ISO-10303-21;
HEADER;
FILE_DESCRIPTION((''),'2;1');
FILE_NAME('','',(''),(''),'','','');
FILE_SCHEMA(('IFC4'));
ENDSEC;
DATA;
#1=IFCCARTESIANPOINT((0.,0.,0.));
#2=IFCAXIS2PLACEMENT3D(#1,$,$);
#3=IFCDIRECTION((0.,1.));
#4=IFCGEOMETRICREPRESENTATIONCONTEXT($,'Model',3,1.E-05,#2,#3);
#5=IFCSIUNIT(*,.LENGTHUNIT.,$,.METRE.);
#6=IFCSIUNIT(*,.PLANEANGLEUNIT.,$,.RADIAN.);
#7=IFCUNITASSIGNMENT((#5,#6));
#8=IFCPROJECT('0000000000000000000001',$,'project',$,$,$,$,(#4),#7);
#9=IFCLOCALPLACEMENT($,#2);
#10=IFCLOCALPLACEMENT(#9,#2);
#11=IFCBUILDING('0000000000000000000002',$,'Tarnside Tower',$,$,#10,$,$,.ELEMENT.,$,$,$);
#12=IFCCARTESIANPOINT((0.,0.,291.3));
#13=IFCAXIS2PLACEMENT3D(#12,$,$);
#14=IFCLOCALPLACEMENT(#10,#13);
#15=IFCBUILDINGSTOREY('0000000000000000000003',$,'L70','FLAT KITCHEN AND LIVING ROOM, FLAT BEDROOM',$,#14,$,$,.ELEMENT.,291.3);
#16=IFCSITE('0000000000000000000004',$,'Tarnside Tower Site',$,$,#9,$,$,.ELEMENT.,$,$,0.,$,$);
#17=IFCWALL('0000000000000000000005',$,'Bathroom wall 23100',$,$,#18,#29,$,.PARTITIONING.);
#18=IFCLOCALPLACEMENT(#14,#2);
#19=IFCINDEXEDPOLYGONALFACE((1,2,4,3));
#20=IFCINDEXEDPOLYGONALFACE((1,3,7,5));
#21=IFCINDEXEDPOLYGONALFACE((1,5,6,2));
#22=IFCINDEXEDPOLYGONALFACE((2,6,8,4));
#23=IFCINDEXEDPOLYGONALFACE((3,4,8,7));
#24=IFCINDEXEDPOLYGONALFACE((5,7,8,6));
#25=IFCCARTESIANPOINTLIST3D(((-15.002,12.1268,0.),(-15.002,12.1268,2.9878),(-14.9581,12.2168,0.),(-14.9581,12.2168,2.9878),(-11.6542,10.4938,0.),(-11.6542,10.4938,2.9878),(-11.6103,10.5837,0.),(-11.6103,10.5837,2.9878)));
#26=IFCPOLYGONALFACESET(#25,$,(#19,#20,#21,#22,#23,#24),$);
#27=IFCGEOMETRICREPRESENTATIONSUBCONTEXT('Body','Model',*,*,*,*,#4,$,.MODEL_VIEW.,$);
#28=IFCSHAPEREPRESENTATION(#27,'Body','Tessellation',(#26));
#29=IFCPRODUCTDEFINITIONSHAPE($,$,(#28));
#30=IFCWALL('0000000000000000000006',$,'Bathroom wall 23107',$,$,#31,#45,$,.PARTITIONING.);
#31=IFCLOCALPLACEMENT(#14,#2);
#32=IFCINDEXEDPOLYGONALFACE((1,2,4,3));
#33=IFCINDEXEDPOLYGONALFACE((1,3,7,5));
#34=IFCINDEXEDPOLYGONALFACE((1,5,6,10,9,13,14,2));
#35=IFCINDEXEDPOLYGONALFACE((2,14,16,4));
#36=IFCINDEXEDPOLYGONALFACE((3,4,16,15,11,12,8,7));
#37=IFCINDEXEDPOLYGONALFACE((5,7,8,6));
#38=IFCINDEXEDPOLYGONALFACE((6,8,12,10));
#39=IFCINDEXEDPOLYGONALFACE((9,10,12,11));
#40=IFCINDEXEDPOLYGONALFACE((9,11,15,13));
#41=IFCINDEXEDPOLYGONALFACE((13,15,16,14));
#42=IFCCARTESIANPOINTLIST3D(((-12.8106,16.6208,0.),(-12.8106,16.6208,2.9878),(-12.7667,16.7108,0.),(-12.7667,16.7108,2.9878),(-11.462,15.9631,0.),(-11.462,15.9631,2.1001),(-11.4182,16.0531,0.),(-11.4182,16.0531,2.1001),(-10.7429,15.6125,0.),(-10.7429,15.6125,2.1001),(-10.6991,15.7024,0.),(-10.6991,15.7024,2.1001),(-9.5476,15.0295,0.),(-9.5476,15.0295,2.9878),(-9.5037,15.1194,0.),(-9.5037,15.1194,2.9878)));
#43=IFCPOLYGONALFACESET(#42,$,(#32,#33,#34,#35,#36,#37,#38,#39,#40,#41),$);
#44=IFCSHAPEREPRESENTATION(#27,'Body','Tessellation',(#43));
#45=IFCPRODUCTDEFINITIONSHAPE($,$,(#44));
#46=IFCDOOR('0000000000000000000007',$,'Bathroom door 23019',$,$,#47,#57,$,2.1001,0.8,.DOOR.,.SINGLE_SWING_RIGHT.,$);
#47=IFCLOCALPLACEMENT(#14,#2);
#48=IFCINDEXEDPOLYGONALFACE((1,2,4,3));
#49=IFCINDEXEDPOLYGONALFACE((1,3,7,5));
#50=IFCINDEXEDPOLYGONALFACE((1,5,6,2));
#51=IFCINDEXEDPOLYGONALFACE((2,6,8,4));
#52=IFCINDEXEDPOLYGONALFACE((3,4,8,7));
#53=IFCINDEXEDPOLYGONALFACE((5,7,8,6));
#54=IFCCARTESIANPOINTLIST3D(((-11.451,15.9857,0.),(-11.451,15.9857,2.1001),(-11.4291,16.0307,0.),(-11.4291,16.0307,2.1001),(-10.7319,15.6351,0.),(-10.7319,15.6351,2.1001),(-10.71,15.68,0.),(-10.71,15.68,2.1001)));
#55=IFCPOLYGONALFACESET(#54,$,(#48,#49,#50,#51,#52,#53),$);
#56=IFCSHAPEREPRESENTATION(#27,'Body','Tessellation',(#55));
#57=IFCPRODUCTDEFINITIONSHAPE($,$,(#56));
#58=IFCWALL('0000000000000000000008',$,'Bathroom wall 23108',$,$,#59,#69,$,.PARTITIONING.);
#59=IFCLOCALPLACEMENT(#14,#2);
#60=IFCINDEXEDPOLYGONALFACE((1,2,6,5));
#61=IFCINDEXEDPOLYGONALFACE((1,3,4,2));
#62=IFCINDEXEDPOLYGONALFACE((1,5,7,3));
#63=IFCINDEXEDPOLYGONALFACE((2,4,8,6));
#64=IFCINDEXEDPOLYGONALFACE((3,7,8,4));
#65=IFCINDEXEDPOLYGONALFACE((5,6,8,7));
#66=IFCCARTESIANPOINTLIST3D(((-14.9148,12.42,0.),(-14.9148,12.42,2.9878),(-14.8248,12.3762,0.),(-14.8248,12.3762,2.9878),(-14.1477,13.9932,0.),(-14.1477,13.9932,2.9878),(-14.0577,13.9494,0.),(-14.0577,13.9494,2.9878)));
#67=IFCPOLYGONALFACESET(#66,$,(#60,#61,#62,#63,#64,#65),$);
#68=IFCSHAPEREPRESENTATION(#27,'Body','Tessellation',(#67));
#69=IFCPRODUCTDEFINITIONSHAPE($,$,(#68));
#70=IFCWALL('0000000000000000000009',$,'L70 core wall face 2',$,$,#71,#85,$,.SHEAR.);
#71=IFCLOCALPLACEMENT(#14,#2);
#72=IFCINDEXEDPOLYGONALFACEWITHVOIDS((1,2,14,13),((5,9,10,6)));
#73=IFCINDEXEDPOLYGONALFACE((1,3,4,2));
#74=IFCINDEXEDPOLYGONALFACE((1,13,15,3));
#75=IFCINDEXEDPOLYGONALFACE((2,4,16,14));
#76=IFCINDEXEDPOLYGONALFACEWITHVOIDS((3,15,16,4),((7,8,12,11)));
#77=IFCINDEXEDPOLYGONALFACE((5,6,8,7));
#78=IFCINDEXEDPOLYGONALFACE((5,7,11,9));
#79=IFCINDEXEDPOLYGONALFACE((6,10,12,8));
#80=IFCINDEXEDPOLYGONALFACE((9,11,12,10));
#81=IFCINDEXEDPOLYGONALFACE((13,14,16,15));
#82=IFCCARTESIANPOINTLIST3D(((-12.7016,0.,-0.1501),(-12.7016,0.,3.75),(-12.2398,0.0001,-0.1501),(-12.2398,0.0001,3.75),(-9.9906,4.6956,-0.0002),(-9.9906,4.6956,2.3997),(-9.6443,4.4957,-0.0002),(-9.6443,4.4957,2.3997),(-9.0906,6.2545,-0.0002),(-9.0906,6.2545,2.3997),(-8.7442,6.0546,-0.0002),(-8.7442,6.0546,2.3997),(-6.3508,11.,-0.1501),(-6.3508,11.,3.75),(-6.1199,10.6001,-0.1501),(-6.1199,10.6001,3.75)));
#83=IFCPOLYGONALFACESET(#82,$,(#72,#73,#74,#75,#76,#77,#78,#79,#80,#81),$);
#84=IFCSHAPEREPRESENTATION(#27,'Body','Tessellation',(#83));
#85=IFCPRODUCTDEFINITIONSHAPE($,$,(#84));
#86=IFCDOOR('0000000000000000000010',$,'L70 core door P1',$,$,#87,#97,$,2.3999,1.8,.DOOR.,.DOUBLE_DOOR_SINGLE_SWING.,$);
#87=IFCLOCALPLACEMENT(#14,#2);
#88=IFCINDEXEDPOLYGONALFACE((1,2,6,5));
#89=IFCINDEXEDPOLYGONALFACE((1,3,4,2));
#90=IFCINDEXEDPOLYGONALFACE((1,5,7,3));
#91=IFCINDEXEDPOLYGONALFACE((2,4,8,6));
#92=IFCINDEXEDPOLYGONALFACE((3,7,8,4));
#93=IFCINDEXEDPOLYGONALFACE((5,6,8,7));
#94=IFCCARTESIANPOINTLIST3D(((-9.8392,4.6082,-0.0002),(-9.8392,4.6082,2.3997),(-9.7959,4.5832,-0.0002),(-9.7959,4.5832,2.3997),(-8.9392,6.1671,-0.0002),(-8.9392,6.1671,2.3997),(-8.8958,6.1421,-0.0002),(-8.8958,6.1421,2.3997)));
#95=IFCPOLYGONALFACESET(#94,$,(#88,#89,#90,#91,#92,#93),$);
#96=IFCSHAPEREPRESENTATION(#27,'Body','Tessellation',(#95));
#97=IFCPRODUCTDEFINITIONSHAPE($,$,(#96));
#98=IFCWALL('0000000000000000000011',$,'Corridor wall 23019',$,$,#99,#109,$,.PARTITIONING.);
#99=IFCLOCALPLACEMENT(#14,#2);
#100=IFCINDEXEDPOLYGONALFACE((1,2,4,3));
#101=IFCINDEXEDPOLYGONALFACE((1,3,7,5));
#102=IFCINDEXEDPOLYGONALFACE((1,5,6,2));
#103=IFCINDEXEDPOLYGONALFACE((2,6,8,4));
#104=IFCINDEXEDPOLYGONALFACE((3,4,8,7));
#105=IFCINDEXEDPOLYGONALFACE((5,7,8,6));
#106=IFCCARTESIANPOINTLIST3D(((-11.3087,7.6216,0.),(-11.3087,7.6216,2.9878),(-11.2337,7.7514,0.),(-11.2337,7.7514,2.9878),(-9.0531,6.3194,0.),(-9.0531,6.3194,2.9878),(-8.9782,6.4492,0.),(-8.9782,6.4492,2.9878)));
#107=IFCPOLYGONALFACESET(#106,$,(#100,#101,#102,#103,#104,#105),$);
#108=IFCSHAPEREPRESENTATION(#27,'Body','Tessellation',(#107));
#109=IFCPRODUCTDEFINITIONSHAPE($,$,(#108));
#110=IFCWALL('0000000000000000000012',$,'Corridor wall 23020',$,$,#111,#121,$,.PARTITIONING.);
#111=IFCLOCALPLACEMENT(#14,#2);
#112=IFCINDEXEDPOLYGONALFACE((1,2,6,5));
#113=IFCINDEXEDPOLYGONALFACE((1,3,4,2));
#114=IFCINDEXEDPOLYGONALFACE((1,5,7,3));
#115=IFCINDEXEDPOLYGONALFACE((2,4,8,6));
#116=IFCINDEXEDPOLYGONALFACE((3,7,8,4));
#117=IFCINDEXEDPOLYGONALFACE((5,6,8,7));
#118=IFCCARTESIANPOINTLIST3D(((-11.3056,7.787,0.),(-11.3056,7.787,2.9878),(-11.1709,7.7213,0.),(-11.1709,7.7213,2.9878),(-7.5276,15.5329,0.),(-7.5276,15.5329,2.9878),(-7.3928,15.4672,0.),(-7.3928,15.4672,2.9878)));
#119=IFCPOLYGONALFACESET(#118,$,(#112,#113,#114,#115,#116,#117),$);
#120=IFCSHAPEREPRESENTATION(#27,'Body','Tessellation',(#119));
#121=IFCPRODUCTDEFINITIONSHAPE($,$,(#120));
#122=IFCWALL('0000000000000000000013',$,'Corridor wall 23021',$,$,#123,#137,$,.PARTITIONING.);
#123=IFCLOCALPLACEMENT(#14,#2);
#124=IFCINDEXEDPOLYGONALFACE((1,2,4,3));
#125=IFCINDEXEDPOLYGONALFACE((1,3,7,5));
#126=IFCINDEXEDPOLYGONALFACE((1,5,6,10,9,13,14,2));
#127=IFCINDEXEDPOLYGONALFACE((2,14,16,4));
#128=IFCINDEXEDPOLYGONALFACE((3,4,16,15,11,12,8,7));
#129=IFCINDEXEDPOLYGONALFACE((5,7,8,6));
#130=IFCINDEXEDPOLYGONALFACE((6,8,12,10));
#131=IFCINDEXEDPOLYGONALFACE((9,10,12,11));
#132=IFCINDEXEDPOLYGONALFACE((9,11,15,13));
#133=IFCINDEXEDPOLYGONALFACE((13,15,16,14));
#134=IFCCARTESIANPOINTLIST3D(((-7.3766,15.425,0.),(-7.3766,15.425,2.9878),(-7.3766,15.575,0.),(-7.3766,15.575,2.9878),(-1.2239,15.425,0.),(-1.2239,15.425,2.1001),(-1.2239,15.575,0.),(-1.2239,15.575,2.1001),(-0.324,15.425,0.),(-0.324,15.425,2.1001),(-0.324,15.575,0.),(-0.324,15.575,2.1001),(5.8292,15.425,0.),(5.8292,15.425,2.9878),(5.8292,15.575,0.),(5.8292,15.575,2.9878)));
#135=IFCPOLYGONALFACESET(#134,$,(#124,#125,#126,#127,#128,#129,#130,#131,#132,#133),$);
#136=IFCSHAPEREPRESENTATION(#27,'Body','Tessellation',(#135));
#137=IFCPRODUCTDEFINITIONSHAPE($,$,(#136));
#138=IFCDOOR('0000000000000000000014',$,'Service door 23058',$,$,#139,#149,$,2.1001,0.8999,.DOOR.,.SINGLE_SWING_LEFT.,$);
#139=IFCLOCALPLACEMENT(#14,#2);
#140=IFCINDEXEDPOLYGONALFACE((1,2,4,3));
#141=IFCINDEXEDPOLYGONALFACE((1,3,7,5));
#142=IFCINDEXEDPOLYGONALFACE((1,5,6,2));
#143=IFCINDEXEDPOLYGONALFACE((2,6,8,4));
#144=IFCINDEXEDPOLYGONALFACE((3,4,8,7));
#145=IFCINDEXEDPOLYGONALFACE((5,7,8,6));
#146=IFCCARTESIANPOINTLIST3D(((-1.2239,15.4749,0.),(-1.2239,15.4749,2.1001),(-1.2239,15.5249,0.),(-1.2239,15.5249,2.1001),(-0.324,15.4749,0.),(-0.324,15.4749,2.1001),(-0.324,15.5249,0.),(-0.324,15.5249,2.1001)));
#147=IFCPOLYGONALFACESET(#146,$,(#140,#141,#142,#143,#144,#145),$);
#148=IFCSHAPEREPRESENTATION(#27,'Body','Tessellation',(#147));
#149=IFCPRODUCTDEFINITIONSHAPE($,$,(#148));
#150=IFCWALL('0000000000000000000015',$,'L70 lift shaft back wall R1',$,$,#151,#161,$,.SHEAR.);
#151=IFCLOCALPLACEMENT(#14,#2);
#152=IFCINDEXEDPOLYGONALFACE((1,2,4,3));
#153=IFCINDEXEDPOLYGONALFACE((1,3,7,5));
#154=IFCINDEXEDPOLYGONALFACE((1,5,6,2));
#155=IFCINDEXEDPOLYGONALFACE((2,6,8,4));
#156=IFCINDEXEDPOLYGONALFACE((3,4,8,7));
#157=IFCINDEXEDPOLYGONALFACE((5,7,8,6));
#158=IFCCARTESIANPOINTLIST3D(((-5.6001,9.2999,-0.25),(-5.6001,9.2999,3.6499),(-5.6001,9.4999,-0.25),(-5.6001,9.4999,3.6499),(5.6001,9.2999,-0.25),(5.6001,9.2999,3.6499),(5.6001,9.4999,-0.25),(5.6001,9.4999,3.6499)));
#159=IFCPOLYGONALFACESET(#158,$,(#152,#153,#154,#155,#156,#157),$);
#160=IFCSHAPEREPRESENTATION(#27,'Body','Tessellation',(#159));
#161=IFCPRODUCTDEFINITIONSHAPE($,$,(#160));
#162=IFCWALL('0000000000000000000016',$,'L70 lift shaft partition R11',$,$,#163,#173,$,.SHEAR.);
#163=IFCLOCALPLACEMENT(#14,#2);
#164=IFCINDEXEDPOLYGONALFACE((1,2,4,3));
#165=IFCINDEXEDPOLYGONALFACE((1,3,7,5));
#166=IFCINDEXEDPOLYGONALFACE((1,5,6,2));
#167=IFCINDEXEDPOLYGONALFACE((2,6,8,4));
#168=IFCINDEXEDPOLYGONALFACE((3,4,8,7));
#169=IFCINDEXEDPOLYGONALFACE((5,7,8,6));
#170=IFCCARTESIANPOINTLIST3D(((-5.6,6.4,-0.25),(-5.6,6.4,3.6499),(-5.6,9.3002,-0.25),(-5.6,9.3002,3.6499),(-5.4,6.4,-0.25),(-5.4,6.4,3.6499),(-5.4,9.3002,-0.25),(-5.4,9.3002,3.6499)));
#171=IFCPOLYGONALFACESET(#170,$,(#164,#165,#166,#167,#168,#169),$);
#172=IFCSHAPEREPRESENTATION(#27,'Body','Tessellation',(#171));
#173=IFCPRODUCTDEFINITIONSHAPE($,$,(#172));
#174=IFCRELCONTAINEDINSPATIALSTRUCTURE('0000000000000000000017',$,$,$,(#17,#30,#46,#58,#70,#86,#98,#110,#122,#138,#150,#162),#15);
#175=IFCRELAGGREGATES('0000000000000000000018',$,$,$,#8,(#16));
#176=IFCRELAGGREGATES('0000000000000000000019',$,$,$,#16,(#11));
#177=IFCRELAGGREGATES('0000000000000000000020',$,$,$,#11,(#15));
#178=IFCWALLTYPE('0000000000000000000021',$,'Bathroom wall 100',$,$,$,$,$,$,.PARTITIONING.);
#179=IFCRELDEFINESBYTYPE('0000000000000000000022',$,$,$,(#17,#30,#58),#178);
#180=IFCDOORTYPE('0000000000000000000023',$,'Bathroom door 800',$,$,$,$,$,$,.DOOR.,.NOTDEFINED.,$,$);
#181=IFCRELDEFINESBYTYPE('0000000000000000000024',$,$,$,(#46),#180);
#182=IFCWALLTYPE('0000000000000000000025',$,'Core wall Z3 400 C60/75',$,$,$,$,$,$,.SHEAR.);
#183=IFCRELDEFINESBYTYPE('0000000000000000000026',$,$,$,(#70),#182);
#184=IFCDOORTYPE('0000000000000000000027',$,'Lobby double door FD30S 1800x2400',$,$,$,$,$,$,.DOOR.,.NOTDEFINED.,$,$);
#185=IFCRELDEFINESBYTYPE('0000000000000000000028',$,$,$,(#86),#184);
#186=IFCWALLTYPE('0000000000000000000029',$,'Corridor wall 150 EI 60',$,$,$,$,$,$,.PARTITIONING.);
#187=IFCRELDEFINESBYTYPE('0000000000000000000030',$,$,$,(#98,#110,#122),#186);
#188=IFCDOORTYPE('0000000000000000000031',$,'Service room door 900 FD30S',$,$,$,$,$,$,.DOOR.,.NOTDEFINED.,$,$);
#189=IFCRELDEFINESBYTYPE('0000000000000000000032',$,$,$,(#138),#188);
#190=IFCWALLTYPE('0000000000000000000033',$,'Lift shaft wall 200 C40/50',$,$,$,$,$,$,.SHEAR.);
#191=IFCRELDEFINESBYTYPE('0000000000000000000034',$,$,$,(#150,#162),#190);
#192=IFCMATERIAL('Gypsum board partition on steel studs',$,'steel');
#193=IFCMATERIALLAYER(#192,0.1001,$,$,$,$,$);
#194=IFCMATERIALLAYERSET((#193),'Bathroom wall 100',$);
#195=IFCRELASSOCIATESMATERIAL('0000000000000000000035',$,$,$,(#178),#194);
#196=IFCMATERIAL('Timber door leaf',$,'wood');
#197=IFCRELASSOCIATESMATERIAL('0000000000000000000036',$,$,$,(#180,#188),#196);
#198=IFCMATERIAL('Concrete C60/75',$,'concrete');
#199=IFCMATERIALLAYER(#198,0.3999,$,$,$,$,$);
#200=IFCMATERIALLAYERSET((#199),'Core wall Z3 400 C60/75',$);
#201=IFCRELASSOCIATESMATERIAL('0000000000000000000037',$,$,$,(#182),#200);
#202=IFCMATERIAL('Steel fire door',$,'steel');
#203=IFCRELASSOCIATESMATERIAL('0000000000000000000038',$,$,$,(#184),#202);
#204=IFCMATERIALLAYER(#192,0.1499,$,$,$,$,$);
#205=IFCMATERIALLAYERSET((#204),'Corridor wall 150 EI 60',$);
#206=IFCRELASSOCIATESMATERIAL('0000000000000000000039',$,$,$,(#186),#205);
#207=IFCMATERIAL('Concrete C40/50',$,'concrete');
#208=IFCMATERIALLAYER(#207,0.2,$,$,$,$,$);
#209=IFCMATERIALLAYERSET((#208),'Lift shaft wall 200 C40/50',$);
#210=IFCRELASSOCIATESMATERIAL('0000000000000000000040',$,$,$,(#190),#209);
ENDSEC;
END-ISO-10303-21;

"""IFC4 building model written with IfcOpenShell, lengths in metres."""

from ifc_helpers import new_model, si_unit, direction, frame, frame_2d, origin, place, context, subcontext, project, spatial, polyline, rectangle, outline, extrude, material, layer, layer_set, type_object, element, fill, save


model = new_model("IFC4")

# Units and contexts
model_context = context("Model", 3, precision=1e-05, world=origin(), true_north=direction((0.0, 1.0)))
body_context = subcontext(model_context, "Body", "Model", "MODEL_VIEW")
ifc_project = project(units=[si_unit("LENGTHUNIT", "METRE"), si_unit("PLANEANGLEUNIT", "RADIAN")], contexts=[model_context])

# Site, building, storey
site_placement = place(None, origin())
site = spatial("IfcSite", under=ifc_project, at=site_placement, Name="Tarnside Tower Site", CompositionType="ELEMENT", RefElevation=0.0)
building_placement = place(site_placement, origin())
building = spatial("IfcBuilding", under=site, at=building_placement, Name="Tarnside Tower", CompositionType="ELEMENT")
storey_placement = place(building_placement, frame((0.0, 0.0, 291.3)))
storey = spatial("IfcBuildingStorey", under=building, at=storey_placement, Name="L70", Description="FLAT KITCHEN AND LIVING ROOM, FLAT BEDROOM", CompositionType="ELEMENT", Elevation=291.3)

# Wall
ifc_material_1 = material(Name="Gypsum board partition on steel studs", Category="steel")
ifc_layer_1 = layer(ifc_material_1, 0.1001)
ifc_layer_set_1 = layer_set([ifc_layer_1], Name="Bathroom wall 100")
wall_type_1 = type_object("IfcWallType", Name="Bathroom wall 100", PredefinedType="PARTITIONING", material=ifc_layer_set_1)
wall_1_placement = place(storey_placement, frame((-11.6323, 10.5388, 0.0), z_axis=(0.0, 0.0, 1.0), x_axis=(-0.898775, 0.438409, 0.0)))
element("IfcWall", 1, at=wall_1_placement, inside=storey, type_object=wall_type_1, Name="Bathroom wall 23100", PredefinedType="PARTITIONING", context=body_context, shape_type="SweptSolid", body=[
    extrude(rectangle(XDim=3.7249, YDim=0.1001, at=frame_2d((1.8623, 0.0))), origin(), (0.0, 0.0, 1.0), 2.9878),
])

# Wall, opening, door
wall_2_placement = place(storey_placement, frame((-9.5256, 15.0745, 0.0), z_axis=(0.0, 0.0, 1.0), x_axis=(-0.898809, 0.438341, 0.0)))
wall_2 = element("IfcWall", 2, at=wall_2_placement, inside=storey, type_object=wall_type_1, Name="Bathroom wall 23107", PredefinedType="PARTITIONING", context=body_context, shape_type="SweptSolid", body=[
    extrude(rectangle(XDim=3.6304, YDim=0.1001, at=frame_2d((1.8152, 0.0))), origin(), (0.0, 0.0, 1.0), 2.9878),
])
opening_1_placement = place(wall_2_placement, frame((1.3301, 0.0, 0.0)))
opening_1 = element("IfcOpeningElement", 3, at=opening_1_placement, cuts=wall_2, PredefinedType="OPENING", context=body_context, shape_type="SweptSolid", body=[
    extrude(rectangle(XDim=0.8, YDim=2.1001, at=frame_2d((0.3999, 1.05))), frame((0.0, 0.0601, 0.0), z_axis=(0.0, -1.0, 0.0), x_axis=(1.0, 0.0, 0.0)), (0.0, 0.0, 1.0), 0.1201),
])
ifc_material_2 = material(Name="Timber door leaf", Category="wood")
door_type_1 = type_object("IfcDoorType", Name="Bathroom door 800", OperationType="NOTDEFINED", PredefinedType="DOOR", material=ifc_material_2)
door_1_placement = place(opening_1_placement, origin())
door_1 = element("IfcDoor", 4, at=door_1_placement, inside=storey, type_object=door_type_1, Name="Bathroom door 23019", OperationType="SINGLE_SWING_RIGHT", OverallHeight=2.1001, OverallWidth=0.8, PredefinedType="DOOR", context=body_context, shape_type="SweptSolid", body=[
    extrude(rectangle(XDim=0.8, YDim=2.1001, at=frame_2d((0.3999, 1.05))), frame((0.0, 0.0249, 0.0), z_axis=(0.0, -1.0, 0.0), x_axis=(1.0, 0.0, 0.0)), (0.0, 0.0, 1.0), 0.05),
])
fill(opening_1, door_1)

# Wall
wall_3_placement = place(storey_placement, frame((-14.1028, 13.9712, 0.0), z_axis=(0.0, 0.0, 1.0), x_axis=(-0.438264, -0.898846, 0.0)))
element("IfcWall", 5, at=wall_3_placement, inside=storey, type_object=wall_type_1, Name="Bathroom wall 23108", PredefinedType="PARTITIONING", context=body_context, shape_type="SweptSolid", body=[
    extrude(rectangle(XDim=1.7502, YDim=0.1001, at=frame_2d((0.875, 0.0))), origin(), (0.0, 0.0, 1.0), 2.9878),
])

# Wall, opening, door
ifc_material_3 = material(Name="Concrete C60/75", Category="concrete")
ifc_layer_2 = layer(ifc_material_3, 0.3999)
ifc_layer_set_2 = layer_set([ifc_layer_2], Name="Core wall Z3 400 C60/75")
wall_type_2 = type_object("IfcWallType", Name="Core wall Z3 400 C60/75", PredefinedType="SHEAR", material=ifc_layer_set_2)
wall_4_placement = place(storey_placement, frame((-6.2354, 10.8, -0.1501), z_axis=(0.0, 0.0, 1.0), x_axis=(-0.499996, -0.866027, 0.0)))
wall_4 = element("IfcWall", 6, at=wall_4_placement, inside=storey, type_object=wall_type_2, Name="L70 core wall face 2", PredefinedType="SHEAR", context=body_context, shape_type="SweptSolid", body=[
    extrude(outline(polyline([(-0.1155, -0.2), (12.5862, -0.2), (12.3552, 0.2), (0.1155, 0.2), (-0.1155, -0.2)])), origin(), (0.0, 0.0, 1.0), 3.9001),
])
opening_2_placement = place(wall_4_placement, frame((5.3643, 0.0, 0.1499)))
opening_2 = element("IfcOpeningElement", 7, at=opening_2_placement, cuts=wall_4, PredefinedType="OPENING", context=body_context, shape_type="SweptSolid", body=[
    extrude(rectangle(XDim=1.8, YDim=2.3999, at=frame_2d((0.8999, 1.2))), frame((0.0, 0.21, 0.0), z_axis=(0.0, -1.0, 0.0), x_axis=(1.0, 0.0, 0.0)), (0.0, 0.0, 1.0), 0.4199),
])
ifc_material_4 = material(Name="Steel fire door", Category="steel")
door_type_2 = type_object("IfcDoorType", Name="Lobby double door FD30S 1800x2400", OperationType="NOTDEFINED", PredefinedType="DOOR", material=ifc_material_4)
door_2_placement = place(opening_2_placement, origin())
door_2 = element("IfcDoor", 8, at=door_2_placement, inside=storey, type_object=door_type_2, Name="L70 core door P1", OperationType="DOUBLE_DOOR_SINGLE_SWING", OverallHeight=2.3999, OverallWidth=1.8, PredefinedType="DOOR", context=body_context, shape_type="SweptSolid", body=[
    extrude(rectangle(XDim=1.8, YDim=2.3999, at=frame_2d((0.8999, 1.2))), frame((0.0, 0.0249, 0.0), z_axis=(0.0, -1.0, 0.0), x_axis=(1.0, 0.0, 0.0)), (0.0, 0.0, 1.0), 0.05),
])
fill(opening_2, door_2)

# Walls
ifc_layer_3 = layer(ifc_material_1, 0.1499)
ifc_layer_set_3 = layer_set([ifc_layer_3], Name="Corridor wall 150 EI 60")
wall_type_3 = type_object("IfcWallType", Name="Corridor wall 150 EI 60", PredefinedType="PARTITIONING", material=ifc_layer_set_3)
wall_5_placement = place(storey_placement, frame((-9.0156, 6.3843, 0.0), z_axis=(0.0, 0.0, 1.0), x_axis=(-0.866031, 0.49999, 0.0)))
element("IfcWall", 9, at=wall_5_placement, inside=storey, type_object=wall_type_3, Name="Corridor wall 23019", PredefinedType="PARTITIONING", context=body_context, shape_type="SweptSolid", body=[
    extrude(rectangle(XDim=2.6045, YDim=0.1499, at=frame_2d((1.3022, 0.0))), origin(), (0.0, 0.0, 1.0), 2.9878),
])
wall_6_placement = place(storey_placement, frame((-11.2383, 7.7542, 0.0), z_axis=(0.0, 0.0, 1.0), x_axis=(0.438387, 0.898786, 0.0)))
element("IfcWall", 10, at=wall_6_placement, inside=storey, type_object=wall_type_3, Name="Corridor wall 23020", PredefinedType="PARTITIONING", context=body_context, shape_type="SweptSolid", body=[
    extrude(rectangle(XDim=8.6182, YDim=0.1499, at=frame_2d((4.3091, 0.0))), origin(), (0.0, 0.0, 1.0), 2.9878),
])

# Wall, opening, door
wall_7_placement = place(storey_placement, frame((-7.3767, 15.5, 0.0), z_axis=(0.0, 0.0, 1.0), x_axis=(1.0, 0.0, 0.0)))
wall_7 = element("IfcWall", 11, at=wall_7_placement, inside=storey, type_object=wall_type_3, Name="Corridor wall 23021", PredefinedType="PARTITIONING", context=body_context, shape_type="SweptSolid", body=[
    extrude(rectangle(XDim=13.2058, YDim=0.1499, at=frame_2d((6.603, 0.0))), origin(), (0.0, 0.0, 1.0), 2.9878),
])
opening_3_placement = place(wall_7_placement, frame((6.1528, 0.0, 0.0)))
opening_3 = element("IfcOpeningElement", 12, at=opening_3_placement, cuts=wall_7, PredefinedType="OPENING", context=body_context, shape_type="SweptSolid", body=[
    extrude(rectangle(XDim=0.8999, YDim=2.1001, at=frame_2d((0.45, 1.05))), frame((0.0, 0.085, 0.0), z_axis=(0.0, -1.0, 0.0), x_axis=(1.0, 0.0, 0.0)), (0.0, 0.0, 1.0), 0.1699),
])
door_type_3 = type_object("IfcDoorType", Name="Service room door 900 FD30S", OperationType="NOTDEFINED", PredefinedType="DOOR", material=ifc_material_2)
door_3_placement = place(opening_3_placement, origin())
door_3 = element("IfcDoor", 13, at=door_3_placement, inside=storey, type_object=door_type_3, Name="Service door 23058", OperationType="SINGLE_SWING_LEFT", OverallHeight=2.1001, OverallWidth=0.8999, PredefinedType="DOOR", context=body_context, shape_type="SweptSolid", body=[
    extrude(rectangle(XDim=0.8999, YDim=2.1001, at=frame_2d((0.45, 1.05))), frame((0.0, 0.0249, 0.0), z_axis=(0.0, -1.0, 0.0), x_axis=(1.0, 0.0, 0.0)), (0.0, 0.0, 1.0), 0.05),
])
fill(opening_3, door_3)

# Walls
ifc_material_5 = material(Name="Concrete C40/50", Category="concrete")
ifc_layer_4 = layer(ifc_material_5, 0.2)
ifc_layer_set_4 = layer_set([ifc_layer_4], Name="Lift shaft wall 200 C40/50")
wall_type_4 = type_object("IfcWallType", Name="Lift shaft wall 200 C40/50", PredefinedType="SHEAR", material=ifc_layer_set_4)
wall_8_placement = place(storey_placement, frame((-5.6001, 9.3999, -0.25), z_axis=(0.0, 0.0, 1.0), x_axis=(1.0, 0.0, 0.0)))
element("IfcWall", 14, at=wall_8_placement, inside=storey, type_object=wall_type_4, Name="L70 lift shaft back wall R1", PredefinedType="SHEAR", context=body_context, shape_type="SweptSolid", body=[
    extrude(rectangle(XDim=11.2002, YDim=0.2, at=frame_2d((5.6001, 0.0))), origin(), (0.0, 0.0, 1.0), 3.8999),
])
for number, where, z_axis, x_axis, name in (
    (15, (-5.5, 6.3999, -0.25), (0.0, 0.0, 1.0), (0.0, 1.0, 0.0), "L70 lift shaft partition R11"),
):
    element("IfcWall", number, at=place(storey_placement, frame(where, z_axis=z_axis, x_axis=x_axis)), inside=storey, type_object=wall_type_4, Name=name, PredefinedType="SHEAR", context=body_context, shape_type="SweptSolid", body=[
        extrude(rectangle(XDim=2.9001, YDim=0.2, at=frame_2d((1.4502, 0.0))), origin(), (0.0, 0.0, 1.0), 3.8999),
    ])

save(model, "model.ifc")
